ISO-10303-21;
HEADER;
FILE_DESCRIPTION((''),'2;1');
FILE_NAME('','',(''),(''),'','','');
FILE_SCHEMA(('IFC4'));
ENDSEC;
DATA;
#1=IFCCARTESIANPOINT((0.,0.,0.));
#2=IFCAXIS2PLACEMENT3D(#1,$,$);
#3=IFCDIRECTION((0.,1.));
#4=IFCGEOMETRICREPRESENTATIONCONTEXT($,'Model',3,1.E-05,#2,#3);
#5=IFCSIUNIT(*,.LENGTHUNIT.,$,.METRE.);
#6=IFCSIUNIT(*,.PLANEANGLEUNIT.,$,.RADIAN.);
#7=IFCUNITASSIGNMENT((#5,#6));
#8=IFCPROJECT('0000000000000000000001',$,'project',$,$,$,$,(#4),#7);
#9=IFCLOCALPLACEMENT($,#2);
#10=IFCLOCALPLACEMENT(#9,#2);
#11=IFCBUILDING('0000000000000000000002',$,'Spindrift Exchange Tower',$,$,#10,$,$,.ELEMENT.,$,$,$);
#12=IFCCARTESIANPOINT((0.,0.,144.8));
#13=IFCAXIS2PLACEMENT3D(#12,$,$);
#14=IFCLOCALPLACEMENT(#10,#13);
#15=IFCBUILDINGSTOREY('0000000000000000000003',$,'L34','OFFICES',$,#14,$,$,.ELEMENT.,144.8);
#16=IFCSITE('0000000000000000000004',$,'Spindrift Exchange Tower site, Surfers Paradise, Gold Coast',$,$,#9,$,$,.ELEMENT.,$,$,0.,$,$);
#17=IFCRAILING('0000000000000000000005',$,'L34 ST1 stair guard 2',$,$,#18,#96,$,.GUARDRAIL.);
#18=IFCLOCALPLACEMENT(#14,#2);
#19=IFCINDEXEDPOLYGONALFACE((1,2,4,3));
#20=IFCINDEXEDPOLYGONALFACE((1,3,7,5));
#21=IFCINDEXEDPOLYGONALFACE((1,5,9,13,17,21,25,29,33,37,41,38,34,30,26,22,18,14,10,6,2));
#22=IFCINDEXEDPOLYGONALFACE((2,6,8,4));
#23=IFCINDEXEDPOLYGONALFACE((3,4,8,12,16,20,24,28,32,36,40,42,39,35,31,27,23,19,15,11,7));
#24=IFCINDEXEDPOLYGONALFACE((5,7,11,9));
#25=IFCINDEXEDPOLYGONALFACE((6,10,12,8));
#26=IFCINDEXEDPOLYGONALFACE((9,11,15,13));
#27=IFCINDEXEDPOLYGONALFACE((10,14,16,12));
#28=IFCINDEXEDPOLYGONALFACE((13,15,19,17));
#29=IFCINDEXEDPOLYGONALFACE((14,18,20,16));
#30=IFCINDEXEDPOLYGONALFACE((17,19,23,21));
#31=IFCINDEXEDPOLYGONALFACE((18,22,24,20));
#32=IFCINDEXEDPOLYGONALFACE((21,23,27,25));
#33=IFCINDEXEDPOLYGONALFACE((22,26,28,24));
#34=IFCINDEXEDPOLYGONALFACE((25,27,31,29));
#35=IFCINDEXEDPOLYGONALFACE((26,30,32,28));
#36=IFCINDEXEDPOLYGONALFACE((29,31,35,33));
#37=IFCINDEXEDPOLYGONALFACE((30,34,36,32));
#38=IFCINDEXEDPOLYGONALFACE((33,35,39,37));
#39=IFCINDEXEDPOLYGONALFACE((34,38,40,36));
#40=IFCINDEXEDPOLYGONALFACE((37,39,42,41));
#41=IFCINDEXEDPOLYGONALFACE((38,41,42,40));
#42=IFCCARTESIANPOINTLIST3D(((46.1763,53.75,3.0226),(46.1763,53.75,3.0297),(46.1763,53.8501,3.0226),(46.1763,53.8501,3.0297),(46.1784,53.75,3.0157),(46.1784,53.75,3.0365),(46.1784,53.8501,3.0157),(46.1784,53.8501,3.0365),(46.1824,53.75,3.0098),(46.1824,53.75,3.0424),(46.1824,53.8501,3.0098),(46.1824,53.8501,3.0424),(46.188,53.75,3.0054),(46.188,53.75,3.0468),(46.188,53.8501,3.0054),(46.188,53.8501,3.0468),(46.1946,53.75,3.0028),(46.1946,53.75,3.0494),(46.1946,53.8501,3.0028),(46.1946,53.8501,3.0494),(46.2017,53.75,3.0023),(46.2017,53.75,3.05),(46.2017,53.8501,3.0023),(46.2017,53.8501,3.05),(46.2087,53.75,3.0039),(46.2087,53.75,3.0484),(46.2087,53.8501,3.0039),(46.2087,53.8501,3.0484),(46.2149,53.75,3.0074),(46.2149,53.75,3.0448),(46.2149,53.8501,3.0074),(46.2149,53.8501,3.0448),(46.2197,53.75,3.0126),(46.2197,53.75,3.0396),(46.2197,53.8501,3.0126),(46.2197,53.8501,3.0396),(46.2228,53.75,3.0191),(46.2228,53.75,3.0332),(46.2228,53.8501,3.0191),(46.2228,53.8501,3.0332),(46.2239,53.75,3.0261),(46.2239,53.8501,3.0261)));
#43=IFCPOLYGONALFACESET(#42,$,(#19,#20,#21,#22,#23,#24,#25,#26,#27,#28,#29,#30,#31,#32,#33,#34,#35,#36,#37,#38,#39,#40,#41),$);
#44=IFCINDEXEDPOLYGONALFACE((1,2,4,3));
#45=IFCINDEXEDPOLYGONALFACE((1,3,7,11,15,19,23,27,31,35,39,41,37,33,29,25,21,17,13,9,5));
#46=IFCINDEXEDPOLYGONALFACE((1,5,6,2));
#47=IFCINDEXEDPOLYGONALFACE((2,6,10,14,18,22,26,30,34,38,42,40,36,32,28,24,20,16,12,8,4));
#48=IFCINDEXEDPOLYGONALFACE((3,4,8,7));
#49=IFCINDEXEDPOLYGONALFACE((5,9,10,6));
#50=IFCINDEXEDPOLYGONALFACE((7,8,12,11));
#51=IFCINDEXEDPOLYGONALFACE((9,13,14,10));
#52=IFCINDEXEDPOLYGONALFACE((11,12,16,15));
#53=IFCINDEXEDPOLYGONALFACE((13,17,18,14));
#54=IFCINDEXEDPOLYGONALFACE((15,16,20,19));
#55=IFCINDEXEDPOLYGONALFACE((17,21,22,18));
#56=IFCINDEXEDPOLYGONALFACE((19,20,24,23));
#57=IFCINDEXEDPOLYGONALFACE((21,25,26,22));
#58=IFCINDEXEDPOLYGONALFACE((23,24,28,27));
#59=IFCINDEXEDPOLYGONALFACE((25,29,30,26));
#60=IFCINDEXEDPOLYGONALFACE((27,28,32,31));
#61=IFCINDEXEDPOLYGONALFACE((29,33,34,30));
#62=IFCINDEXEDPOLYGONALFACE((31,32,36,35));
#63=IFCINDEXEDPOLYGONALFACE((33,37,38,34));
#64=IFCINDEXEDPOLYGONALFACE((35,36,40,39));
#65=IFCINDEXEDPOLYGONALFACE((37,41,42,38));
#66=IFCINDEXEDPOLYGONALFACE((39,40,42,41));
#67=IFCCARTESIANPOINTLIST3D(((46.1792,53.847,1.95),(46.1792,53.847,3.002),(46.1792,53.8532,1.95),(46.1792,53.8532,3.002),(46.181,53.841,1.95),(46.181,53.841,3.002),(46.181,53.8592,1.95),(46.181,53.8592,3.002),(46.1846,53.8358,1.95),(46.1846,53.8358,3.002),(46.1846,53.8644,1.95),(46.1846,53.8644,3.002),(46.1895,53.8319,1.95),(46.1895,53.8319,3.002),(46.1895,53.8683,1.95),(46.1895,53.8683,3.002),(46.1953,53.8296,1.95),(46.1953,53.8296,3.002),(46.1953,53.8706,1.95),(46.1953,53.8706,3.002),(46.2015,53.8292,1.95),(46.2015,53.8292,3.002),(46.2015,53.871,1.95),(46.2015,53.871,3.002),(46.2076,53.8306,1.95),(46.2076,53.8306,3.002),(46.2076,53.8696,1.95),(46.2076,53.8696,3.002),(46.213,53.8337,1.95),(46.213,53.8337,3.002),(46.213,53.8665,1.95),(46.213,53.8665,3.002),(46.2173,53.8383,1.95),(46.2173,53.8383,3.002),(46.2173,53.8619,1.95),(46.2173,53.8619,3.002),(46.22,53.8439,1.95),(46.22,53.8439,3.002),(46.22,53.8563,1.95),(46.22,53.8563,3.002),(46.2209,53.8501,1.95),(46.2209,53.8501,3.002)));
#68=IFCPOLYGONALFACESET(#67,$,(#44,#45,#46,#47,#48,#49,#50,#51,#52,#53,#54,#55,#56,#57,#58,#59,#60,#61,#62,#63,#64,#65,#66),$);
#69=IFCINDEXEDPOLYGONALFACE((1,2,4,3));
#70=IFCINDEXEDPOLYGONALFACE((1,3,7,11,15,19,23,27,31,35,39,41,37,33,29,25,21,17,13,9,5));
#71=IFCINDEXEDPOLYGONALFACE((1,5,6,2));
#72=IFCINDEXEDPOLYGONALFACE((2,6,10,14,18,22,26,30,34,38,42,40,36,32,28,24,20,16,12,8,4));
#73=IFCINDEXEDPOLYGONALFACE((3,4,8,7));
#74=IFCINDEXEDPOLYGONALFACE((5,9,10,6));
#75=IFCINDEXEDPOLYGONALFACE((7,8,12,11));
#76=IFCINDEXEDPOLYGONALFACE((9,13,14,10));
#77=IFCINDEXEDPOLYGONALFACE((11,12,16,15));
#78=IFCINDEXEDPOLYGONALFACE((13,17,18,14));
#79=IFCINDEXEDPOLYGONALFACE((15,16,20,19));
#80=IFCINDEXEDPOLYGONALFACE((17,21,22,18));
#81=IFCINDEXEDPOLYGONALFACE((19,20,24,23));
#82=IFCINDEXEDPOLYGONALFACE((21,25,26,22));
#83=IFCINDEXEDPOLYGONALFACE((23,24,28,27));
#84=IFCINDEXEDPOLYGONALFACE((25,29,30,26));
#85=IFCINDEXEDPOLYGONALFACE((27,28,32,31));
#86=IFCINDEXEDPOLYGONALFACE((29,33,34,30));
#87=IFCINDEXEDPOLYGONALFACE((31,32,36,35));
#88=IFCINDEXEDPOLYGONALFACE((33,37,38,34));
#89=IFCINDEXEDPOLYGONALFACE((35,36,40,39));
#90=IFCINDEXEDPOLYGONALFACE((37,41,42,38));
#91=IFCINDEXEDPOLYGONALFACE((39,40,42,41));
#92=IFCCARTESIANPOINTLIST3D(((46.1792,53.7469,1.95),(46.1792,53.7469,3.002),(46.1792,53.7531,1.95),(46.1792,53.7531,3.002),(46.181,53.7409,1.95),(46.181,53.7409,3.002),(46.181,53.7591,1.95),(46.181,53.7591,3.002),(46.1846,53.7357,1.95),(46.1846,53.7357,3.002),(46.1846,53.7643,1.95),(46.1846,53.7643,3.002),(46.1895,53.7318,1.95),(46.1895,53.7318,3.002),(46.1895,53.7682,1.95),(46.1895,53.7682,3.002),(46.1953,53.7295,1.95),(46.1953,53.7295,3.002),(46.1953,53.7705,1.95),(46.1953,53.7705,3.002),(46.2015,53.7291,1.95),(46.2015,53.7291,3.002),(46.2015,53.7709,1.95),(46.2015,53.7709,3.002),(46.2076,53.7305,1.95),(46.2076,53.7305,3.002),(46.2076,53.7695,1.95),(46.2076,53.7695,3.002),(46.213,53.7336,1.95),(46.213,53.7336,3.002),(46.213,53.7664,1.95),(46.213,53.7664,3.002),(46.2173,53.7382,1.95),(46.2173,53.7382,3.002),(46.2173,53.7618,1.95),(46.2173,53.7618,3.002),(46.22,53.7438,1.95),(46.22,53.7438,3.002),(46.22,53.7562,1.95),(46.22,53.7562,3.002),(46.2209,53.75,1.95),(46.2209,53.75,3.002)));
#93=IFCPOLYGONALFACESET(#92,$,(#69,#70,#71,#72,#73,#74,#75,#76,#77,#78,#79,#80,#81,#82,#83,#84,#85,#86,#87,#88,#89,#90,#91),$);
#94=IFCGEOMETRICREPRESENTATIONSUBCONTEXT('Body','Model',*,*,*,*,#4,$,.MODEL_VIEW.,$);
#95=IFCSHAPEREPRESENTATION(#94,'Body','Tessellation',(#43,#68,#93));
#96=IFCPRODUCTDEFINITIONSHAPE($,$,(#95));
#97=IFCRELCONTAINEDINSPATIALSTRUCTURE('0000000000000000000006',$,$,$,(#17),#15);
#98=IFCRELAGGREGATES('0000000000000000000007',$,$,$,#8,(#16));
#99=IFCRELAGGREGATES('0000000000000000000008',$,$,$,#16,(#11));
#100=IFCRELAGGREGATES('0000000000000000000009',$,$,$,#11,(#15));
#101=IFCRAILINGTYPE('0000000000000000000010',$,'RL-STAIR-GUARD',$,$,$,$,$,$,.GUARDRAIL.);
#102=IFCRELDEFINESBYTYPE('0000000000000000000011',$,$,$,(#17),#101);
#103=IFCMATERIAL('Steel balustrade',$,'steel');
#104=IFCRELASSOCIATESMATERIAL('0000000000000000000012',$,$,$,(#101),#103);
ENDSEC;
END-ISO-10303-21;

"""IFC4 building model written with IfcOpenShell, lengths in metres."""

from ifc_helpers import new_model, si_unit, direction, frame, origin, origin_2d, place, context, subcontext, project, spatial, circle, extrude, material, type_object, element, save


model = new_model("IFC4")

# Units and contexts
model_context = context("Model", 3, precision=1e-05, world=origin(), true_north=direction((0.0, 1.0)))
body_context = subcontext(model_context, "Body", "Model", "MODEL_VIEW")
ifc_project = project(units=[si_unit("LENGTHUNIT", "METRE"), si_unit("PLANEANGLEUNIT", "RADIAN")], contexts=[model_context])

# Site, building, storey
site_placement = place(None, origin())
site = spatial("IfcSite", under=ifc_project, at=site_placement, Name="Spindrift Exchange Tower site, Surfers Paradise, Gold Coast", CompositionType="ELEMENT", RefElevation=0.0)
building_placement = place(site_placement, origin())
building = spatial("IfcBuilding", under=site, at=building_placement, Name="Spindrift Exchange Tower", CompositionType="ELEMENT")
storey_placement = place(building_placement, frame((0.0, 0.0, 144.8)))
storey = spatial("IfcBuildingStorey", under=building, at=storey_placement, Name="L34", Description="OFFICES", CompositionType="ELEMENT", Elevation=144.8)

# Railing
ifc_material_1 = material(Name="Steel balustrade", Category="steel")
railing_type_1 = type_object("IfcRailingType", Name="RL-STAIR-GUARD", PredefinedType="GUARDRAIL", material=ifc_material_1)
railing_1_placement = place(storey_placement, frame((46.2, 53.8501, 1.95)))
element("IfcRailing", 1, at=railing_1_placement, inside=storey, type_object=railing_type_1, Name="L34 ST1 stair guard 2", PredefinedType="GUARDRAIL", context=body_context, shape_type="SweptSolid", body=[
    extrude(circle(Radius=0.0239, at=origin_2d()), frame((0.0, 0.0, 1.0762), z_axis=(0.0, -1.0, 0.0), x_axis=(1.0, 0.0, 0.0)), (0.0, 0.0, 1.0), 0.1001),
    extrude(circle(Radius=0.021, at=origin_2d()), origin(), (0.0, 0.0, 1.0), 1.052),
    extrude(circle(Radius=0.021, at=origin_2d()), frame((0.0, -0.1001, 0.0)), (0.0, 0.0, 1.0), 1.052),
])

save(model, "model.ifc")
